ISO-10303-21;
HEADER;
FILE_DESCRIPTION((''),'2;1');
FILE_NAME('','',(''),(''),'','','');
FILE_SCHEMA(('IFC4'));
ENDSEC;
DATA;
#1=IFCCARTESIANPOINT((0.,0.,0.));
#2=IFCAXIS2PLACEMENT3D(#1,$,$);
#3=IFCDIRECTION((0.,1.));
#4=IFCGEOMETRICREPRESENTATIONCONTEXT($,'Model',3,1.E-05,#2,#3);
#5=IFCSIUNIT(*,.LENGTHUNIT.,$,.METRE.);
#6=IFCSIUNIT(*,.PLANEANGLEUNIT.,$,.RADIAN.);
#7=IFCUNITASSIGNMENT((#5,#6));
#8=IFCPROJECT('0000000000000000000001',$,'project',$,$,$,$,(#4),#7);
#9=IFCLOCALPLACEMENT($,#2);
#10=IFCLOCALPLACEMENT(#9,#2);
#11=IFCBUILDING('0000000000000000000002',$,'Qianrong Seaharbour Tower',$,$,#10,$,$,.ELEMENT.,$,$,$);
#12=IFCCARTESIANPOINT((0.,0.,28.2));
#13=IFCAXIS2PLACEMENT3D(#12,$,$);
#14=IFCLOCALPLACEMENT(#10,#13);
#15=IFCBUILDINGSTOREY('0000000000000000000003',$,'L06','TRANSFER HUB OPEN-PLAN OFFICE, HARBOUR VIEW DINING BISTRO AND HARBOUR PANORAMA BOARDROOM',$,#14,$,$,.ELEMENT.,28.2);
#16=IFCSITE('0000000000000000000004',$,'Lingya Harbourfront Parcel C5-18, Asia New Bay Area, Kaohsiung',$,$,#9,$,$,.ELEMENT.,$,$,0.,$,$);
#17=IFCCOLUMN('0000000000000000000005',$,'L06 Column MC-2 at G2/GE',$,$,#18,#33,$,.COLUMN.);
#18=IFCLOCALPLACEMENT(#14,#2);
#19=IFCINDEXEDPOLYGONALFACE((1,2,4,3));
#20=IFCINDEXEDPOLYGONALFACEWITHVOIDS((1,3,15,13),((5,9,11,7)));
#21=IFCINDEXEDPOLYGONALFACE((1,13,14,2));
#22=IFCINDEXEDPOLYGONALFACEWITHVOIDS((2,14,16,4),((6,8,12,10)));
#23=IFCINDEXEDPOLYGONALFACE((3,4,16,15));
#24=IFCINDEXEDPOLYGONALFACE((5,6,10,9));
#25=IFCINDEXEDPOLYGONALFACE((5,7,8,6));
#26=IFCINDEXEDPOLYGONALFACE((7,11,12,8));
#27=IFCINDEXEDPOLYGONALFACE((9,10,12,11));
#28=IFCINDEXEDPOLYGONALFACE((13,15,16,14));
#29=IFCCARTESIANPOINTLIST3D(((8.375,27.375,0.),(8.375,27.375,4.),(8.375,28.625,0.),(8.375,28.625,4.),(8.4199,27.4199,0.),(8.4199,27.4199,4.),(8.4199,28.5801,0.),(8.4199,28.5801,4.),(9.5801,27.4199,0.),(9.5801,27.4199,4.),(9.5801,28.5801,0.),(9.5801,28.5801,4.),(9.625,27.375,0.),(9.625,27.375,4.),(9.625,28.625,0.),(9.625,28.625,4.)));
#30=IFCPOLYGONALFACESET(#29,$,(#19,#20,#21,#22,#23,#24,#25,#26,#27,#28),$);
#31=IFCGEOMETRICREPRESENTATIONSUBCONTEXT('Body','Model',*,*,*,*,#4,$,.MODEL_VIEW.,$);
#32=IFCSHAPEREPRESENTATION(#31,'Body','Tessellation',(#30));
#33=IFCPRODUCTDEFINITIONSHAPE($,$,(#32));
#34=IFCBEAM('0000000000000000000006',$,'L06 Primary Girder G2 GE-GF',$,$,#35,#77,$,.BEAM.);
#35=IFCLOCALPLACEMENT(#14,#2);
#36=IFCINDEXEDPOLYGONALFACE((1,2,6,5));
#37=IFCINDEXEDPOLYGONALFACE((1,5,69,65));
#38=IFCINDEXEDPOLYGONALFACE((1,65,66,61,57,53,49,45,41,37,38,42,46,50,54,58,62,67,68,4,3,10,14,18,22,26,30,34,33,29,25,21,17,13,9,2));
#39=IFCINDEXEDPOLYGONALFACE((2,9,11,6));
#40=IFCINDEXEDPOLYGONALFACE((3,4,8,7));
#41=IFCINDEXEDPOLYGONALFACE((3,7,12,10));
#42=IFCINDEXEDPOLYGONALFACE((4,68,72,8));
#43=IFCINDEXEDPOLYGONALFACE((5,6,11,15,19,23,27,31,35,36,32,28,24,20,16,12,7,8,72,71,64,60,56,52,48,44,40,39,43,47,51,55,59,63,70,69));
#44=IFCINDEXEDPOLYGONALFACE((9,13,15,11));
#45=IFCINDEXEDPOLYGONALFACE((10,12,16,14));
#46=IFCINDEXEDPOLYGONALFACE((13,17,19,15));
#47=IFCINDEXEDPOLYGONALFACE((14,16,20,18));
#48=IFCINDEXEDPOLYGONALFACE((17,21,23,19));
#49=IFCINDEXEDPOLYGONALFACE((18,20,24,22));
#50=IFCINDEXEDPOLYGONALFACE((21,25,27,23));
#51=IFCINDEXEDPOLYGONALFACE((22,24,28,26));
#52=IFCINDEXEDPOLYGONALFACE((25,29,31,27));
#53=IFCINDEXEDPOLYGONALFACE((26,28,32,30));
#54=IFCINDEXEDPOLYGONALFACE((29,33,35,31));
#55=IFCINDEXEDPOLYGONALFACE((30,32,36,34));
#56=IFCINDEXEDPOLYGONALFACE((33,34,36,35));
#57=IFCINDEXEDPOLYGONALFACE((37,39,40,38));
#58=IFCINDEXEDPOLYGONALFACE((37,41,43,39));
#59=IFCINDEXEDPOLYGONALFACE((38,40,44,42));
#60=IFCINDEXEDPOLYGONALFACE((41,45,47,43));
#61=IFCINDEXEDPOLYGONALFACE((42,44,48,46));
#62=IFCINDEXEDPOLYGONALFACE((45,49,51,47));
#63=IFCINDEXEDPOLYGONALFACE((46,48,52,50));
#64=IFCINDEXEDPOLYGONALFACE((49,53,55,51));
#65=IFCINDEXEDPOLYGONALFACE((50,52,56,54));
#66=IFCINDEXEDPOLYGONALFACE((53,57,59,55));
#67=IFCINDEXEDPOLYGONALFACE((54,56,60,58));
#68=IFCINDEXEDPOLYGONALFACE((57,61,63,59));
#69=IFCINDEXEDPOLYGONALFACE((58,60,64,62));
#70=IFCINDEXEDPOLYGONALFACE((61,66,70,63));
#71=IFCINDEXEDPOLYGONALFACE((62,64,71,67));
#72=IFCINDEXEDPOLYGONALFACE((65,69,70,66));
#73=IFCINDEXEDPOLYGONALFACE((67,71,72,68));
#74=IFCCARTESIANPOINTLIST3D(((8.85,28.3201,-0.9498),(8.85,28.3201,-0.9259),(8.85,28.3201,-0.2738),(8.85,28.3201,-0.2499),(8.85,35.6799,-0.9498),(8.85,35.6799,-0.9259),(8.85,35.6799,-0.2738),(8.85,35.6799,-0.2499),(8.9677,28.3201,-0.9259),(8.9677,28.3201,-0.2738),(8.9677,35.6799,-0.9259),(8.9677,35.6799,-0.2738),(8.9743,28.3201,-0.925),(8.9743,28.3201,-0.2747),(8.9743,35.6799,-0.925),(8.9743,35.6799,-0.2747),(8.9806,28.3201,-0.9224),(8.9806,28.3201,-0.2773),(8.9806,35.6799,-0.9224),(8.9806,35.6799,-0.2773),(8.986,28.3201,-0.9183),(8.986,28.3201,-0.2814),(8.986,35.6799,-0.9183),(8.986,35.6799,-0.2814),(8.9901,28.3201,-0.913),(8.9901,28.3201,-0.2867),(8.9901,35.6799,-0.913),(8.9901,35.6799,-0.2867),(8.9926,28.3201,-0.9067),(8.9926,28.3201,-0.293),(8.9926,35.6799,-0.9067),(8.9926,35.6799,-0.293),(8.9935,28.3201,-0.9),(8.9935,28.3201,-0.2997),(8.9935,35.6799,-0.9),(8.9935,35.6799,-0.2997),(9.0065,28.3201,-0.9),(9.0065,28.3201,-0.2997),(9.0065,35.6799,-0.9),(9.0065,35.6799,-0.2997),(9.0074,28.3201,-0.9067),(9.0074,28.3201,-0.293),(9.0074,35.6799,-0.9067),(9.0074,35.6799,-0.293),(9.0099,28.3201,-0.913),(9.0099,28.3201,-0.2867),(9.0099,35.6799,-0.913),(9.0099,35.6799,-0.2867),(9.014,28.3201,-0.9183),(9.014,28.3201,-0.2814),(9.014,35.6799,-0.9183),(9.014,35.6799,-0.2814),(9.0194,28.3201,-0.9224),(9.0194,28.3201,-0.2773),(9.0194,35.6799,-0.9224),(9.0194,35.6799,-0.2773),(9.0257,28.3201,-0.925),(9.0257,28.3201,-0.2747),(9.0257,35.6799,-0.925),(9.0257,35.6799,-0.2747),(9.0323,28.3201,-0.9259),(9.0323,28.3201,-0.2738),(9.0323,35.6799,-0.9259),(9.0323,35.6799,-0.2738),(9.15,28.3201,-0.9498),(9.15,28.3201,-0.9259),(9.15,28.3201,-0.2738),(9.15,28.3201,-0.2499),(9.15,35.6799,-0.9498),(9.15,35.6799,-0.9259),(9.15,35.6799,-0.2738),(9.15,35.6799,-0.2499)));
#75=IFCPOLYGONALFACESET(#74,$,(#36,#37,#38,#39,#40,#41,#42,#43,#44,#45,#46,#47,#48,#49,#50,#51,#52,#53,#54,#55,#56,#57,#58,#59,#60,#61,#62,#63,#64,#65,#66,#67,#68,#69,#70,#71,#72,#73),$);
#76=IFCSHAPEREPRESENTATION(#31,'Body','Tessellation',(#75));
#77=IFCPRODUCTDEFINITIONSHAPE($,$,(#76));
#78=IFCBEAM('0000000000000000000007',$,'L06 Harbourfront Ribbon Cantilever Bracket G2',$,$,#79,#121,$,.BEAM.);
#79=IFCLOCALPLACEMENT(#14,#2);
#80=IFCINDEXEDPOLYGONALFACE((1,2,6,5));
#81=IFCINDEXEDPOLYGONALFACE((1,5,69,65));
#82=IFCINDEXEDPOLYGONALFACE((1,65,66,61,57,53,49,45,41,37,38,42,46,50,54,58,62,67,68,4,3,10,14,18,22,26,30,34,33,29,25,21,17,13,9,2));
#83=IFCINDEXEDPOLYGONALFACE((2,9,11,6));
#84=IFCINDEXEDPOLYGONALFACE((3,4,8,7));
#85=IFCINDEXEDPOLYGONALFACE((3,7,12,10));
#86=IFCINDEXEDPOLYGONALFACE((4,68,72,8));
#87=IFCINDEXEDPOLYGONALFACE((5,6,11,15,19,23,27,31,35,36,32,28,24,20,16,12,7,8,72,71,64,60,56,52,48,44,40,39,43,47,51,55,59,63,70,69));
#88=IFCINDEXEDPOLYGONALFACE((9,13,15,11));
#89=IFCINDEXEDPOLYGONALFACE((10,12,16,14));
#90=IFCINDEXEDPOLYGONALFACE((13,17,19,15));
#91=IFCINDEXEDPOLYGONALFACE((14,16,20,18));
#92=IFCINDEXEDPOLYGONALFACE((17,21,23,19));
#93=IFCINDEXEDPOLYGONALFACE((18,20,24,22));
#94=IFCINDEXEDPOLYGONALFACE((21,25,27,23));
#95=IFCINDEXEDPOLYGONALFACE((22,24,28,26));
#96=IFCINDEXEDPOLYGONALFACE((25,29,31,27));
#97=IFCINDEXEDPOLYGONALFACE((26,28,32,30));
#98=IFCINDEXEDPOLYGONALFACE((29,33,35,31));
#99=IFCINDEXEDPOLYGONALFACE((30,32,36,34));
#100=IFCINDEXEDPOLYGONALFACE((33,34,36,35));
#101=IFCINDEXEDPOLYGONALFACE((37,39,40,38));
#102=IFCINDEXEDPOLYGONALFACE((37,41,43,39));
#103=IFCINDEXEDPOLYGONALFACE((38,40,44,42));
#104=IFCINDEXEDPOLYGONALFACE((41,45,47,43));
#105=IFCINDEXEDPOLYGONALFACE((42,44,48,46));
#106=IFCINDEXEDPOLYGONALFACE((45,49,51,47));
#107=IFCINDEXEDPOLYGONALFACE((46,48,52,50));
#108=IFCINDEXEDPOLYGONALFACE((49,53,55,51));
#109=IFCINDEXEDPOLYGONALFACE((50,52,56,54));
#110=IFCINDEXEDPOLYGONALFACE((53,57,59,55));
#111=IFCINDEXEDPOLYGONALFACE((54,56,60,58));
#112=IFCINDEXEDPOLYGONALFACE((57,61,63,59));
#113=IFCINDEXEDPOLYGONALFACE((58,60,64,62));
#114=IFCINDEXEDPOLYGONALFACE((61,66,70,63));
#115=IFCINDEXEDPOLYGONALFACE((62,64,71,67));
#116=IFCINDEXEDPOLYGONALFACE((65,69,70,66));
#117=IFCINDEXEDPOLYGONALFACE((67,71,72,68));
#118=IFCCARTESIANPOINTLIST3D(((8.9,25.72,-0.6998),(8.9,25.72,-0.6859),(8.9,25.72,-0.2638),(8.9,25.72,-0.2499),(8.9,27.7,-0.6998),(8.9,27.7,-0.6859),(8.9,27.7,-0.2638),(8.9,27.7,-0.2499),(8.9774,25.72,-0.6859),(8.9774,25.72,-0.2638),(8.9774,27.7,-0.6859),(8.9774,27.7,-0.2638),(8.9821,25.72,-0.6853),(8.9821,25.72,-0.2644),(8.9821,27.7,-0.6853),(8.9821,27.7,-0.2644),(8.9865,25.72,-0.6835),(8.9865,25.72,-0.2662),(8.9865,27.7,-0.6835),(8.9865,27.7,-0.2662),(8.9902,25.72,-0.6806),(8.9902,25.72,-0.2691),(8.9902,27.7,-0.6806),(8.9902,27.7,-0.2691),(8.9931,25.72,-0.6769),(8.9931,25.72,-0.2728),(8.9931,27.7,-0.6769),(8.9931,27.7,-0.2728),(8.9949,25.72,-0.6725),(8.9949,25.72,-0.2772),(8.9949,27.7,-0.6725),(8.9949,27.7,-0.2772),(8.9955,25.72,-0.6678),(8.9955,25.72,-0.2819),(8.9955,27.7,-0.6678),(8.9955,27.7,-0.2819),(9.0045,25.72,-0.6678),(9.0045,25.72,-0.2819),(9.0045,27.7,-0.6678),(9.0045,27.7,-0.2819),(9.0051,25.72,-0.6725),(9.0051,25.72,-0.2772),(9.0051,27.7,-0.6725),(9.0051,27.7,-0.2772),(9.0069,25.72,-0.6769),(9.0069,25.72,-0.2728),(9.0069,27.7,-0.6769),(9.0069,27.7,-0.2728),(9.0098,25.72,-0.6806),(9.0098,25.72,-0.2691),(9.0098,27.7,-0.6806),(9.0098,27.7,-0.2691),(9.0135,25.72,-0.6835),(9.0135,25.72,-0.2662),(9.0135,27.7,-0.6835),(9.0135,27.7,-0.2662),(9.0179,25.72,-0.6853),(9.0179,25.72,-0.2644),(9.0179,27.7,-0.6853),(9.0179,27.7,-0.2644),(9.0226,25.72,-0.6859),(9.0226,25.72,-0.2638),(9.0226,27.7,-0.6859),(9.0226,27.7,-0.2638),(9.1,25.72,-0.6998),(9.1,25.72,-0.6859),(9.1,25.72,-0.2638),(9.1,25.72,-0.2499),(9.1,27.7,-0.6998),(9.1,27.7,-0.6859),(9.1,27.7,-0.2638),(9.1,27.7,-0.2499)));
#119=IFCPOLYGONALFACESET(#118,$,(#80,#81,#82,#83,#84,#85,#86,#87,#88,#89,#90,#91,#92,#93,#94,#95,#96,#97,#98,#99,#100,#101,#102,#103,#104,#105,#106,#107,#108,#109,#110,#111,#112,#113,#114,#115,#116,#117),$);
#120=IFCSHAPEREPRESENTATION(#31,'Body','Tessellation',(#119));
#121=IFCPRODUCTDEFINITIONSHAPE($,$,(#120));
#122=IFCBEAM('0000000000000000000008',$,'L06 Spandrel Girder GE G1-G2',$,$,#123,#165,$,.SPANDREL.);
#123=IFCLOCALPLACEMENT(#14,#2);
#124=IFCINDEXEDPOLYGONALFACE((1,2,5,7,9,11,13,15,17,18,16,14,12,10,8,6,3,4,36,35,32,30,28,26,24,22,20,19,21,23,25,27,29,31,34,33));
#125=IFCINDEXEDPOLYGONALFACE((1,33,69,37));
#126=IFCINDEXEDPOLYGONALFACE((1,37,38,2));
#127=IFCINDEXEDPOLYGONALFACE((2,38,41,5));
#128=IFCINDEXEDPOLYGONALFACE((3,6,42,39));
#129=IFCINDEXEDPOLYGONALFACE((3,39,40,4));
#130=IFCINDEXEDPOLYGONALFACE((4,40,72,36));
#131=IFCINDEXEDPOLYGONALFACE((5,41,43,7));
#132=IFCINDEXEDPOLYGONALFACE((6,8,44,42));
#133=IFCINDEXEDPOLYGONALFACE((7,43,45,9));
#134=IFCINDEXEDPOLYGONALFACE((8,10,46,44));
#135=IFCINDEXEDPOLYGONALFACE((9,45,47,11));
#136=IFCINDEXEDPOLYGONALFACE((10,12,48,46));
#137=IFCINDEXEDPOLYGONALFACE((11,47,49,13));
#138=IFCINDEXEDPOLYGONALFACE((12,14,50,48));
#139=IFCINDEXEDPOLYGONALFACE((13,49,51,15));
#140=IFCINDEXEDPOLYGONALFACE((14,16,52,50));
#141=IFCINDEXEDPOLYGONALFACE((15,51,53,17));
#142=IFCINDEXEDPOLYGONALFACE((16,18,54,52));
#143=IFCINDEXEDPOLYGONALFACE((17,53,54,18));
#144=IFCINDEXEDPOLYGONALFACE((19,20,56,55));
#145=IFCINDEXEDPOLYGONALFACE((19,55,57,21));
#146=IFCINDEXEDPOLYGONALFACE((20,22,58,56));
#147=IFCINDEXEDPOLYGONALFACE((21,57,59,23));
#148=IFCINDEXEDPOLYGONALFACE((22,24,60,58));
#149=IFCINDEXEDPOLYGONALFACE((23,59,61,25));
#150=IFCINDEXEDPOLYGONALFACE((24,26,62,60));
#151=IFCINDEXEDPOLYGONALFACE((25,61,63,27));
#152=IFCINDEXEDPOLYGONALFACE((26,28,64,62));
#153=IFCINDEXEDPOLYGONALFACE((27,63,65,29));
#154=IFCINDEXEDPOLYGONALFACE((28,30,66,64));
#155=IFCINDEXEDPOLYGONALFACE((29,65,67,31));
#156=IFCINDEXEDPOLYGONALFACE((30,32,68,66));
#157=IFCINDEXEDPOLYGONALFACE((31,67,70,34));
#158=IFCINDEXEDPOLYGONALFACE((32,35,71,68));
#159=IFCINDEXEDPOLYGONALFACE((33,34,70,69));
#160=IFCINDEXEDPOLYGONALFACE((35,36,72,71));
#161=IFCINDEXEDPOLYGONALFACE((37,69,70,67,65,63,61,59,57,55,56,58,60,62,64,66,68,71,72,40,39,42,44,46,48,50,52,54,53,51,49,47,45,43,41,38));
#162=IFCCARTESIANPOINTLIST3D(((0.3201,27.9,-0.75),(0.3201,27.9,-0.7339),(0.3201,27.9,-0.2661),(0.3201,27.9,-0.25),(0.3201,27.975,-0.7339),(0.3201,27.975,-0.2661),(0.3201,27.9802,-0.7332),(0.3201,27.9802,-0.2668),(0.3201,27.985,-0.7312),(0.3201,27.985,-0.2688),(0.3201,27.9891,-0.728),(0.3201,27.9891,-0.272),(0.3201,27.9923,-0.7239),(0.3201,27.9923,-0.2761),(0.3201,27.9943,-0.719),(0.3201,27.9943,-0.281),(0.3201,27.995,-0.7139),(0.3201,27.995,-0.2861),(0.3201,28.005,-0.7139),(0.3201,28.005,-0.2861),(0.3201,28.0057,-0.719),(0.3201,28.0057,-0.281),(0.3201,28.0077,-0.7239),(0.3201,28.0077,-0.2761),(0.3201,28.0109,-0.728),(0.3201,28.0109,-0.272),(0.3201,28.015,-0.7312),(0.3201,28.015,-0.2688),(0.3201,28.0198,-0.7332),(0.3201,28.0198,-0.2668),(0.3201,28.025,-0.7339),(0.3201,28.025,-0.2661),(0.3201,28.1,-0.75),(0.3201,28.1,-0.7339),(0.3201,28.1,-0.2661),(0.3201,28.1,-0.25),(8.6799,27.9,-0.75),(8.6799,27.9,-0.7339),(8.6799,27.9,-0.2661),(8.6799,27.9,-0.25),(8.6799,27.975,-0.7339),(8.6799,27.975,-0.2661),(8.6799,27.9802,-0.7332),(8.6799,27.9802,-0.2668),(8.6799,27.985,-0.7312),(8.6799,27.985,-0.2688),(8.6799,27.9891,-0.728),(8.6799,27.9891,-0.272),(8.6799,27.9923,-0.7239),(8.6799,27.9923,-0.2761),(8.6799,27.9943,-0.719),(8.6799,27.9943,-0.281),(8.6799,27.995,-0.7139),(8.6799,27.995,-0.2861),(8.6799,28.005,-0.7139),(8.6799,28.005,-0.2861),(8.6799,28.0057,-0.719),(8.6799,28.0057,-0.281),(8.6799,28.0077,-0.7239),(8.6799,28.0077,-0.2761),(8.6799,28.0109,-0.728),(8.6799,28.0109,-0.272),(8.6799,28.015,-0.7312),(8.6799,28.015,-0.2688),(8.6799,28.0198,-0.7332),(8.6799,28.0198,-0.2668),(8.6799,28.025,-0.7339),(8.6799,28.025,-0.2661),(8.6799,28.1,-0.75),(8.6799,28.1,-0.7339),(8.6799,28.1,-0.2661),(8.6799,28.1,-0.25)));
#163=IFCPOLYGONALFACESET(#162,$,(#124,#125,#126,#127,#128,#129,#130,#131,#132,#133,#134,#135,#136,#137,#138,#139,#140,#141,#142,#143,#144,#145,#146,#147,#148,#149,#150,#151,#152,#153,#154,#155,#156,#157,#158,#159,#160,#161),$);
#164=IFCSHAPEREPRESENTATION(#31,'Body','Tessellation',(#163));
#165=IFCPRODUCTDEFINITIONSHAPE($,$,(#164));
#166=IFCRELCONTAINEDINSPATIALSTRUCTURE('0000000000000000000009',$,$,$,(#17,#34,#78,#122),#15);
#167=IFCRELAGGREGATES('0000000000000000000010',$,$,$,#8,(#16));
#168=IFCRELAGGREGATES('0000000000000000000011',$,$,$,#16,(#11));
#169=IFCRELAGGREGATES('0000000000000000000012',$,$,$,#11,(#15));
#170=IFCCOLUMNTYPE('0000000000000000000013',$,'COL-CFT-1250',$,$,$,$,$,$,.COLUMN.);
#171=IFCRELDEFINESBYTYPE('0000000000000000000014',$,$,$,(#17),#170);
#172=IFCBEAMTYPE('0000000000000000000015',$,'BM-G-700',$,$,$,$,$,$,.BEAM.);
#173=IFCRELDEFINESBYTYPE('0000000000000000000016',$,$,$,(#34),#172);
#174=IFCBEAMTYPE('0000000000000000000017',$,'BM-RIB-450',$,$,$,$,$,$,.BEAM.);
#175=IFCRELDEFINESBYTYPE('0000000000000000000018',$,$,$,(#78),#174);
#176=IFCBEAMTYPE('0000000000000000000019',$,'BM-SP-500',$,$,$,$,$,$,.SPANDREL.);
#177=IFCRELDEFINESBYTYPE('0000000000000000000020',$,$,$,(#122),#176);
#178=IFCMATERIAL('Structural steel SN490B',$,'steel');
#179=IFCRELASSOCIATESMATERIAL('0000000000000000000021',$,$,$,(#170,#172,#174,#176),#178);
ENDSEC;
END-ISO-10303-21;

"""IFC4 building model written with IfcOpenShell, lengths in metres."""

from ifc_helpers import new_model, si_unit, direction, frame, origin, origin_2d, place, context, subcontext, project, spatial, hollow_rectangle, i_section, extrude, material, material_profile, profile_set, type_object, element, save


model = new_model("IFC4")

# Units and contexts
model_context = context("Model", 3, precision=1e-05, world=origin(), true_north=direction((0.0, 1.0)))
body_context = subcontext(model_context, "Body", "Model", "MODEL_VIEW")
ifc_project = project(units=[si_unit("LENGTHUNIT", "METRE"), si_unit("PLANEANGLEUNIT", "RADIAN")], contexts=[model_context])

# Site, building, storey
site_placement = place(None, origin())
site = spatial("IfcSite", under=ifc_project, at=site_placement, Name="Lingya Harbourfront Parcel C5-18, Asia New Bay Area, Kaohsiung", CompositionType="ELEMENT", RefElevation=0.0)
building_placement = place(site_placement, origin())
building = spatial("IfcBuilding", under=site, at=building_placement, Name="Qianrong Seaharbour Tower", CompositionType="ELEMENT")
storey_placement = place(building_placement, frame((0.0, 0.0, 28.2)))
storey = spatial("IfcBuildingStorey", under=building, at=storey_placement, Name="L06", Description="TRANSFER HUB OPEN-PLAN OFFICE, HARBOUR VIEW DINING BISTRO AND HARBOUR PANORAMA BOARDROOM", CompositionType="ELEMENT", Elevation=28.2)

# Column
ifc_material_1 = material(Name="Structural steel SN490B", Category="steel")
ifc_material_profile_1 = material_profile(ifc_material_1, hollow_rectangle(XDim=1.25, YDim=1.25, WallThickness=0.0449, at=origin_2d()), Name="BOX1250x1250x45")
ifc_profile_set_1 = profile_set([ifc_material_profile_1], Name="Structural steel SN490B")
column_type = type_object("IfcColumnType", Name="COL-CFT-1250", PredefinedType="COLUMN", material=ifc_profile_set_1)
column_placement = place(storey_placement, frame((9.0, 28.0, 0.0), z_axis=(0.0, 0.0, 1.0), x_axis=(1.0, 0.0, 0.0)))
element("IfcColumn", 1, at=column_placement, inside=storey, type_object=column_type, Name="L06 Column MC-2 at G2/GE", PredefinedType="COLUMN", context=body_context, shape_type="SweptSolid", body=[
    extrude(hollow_rectangle(XDim=1.25, YDim=1.25, WallThickness=0.0449, at=origin_2d()), origin(), (0.0, 0.0, 1.0), 4.0),
])

# Beams
ifc_material_profile_2 = material_profile(ifc_material_1, i_section(OverallWidth=0.3, OverallDepth=0.7, WebThickness=0.0129, FlangeThickness=0.0239, FilletRadius=0.0259, at=origin_2d()), Name="H700x300x13x24")
ifc_profile_set_2 = profile_set([ifc_material_profile_2], Name="Structural steel SN490B")
beam_type_1 = type_object("IfcBeamType", Name="BM-G-700", PredefinedType="BEAM", material=ifc_profile_set_2)
beam_1_placement = place(storey_placement, frame((9.0, 28.3201, -0.5999), z_axis=(0.0, 1.0, 0.0), x_axis=(-1.0, 0.0, 0.0)))
element("IfcBeam", 2, at=beam_1_placement, inside=storey, type_object=beam_type_1, Name="L06 Primary Girder G2 GE-GF", PredefinedType="BEAM", context=body_context, shape_type="SweptSolid", body=[
    extrude(i_section(OverallWidth=0.3, OverallDepth=0.7, WebThickness=0.0129, FlangeThickness=0.0239, FilletRadius=0.0259, at=origin_2d()), origin(), (0.0, 0.0, 1.0), 7.3599),
])
ifc_material_profile_3 = material_profile(ifc_material_1, i_section(OverallWidth=0.2, OverallDepth=0.45, WebThickness=0.009, FlangeThickness=0.0139, FilletRadius=0.0181, at=origin_2d()), Name="H450x200x9x14")
ifc_profile_set_3 = profile_set([ifc_material_profile_3], Name="Structural steel SN490B")
beam_type_2 = type_object("IfcBeamType", Name="BM-RIB-450", PredefinedType="BEAM", material=ifc_profile_set_3)
beam_2_placement = place(storey_placement, frame((9.0, 27.7, -0.4749), z_axis=(0.0, -1.0, 0.0), x_axis=(1.0, 0.0, 0.0)))
element("IfcBeam", 3, at=beam_2_placement, inside=storey, type_object=beam_type_2, Name="L06 Harbourfront Ribbon Cantilever Bracket G2", PredefinedType="BEAM", context=body_context, shape_type="SweptSolid", body=[
    extrude(i_section(OverallWidth=0.2, OverallDepth=0.45, WebThickness=0.009, FlangeThickness=0.0139, FilletRadius=0.0181, at=origin_2d()), origin(), (0.0, 0.0, 1.0), 1.98),
])
ifc_material_profile_4 = material_profile(ifc_material_1, i_section(OverallWidth=0.2, OverallDepth=0.5, WebThickness=0.01, FlangeThickness=0.0161, FilletRadius=0.02, at=origin_2d()), Name="H500x200x10x16")
ifc_profile_set_4 = profile_set([ifc_material_profile_4], Name="Structural steel SN490B")
beam_type_3 = type_object("IfcBeamType", Name="BM-SP-500", PredefinedType="SPANDREL", material=ifc_profile_set_4)
beam_3_placement = place(storey_placement, frame((0.3201, 28.0, -0.5), z_axis=(1.0, 0.0, 0.0), x_axis=(0.0, 1.0, 0.0)))
element("IfcBeam", 4, at=beam_3_placement, inside=storey, type_object=beam_type_3, Name="L06 Spandrel Girder GE G1-G2", PredefinedType="SPANDREL", context=body_context, shape_type="SweptSolid", body=[
    extrude(i_section(OverallWidth=0.2, OverallDepth=0.5, WebThickness=0.01, FlangeThickness=0.0161, FilletRadius=0.02, at=origin_2d()), origin(), (0.0, 0.0, 1.0), 8.3599),
])

save(model, "model.ifc")
